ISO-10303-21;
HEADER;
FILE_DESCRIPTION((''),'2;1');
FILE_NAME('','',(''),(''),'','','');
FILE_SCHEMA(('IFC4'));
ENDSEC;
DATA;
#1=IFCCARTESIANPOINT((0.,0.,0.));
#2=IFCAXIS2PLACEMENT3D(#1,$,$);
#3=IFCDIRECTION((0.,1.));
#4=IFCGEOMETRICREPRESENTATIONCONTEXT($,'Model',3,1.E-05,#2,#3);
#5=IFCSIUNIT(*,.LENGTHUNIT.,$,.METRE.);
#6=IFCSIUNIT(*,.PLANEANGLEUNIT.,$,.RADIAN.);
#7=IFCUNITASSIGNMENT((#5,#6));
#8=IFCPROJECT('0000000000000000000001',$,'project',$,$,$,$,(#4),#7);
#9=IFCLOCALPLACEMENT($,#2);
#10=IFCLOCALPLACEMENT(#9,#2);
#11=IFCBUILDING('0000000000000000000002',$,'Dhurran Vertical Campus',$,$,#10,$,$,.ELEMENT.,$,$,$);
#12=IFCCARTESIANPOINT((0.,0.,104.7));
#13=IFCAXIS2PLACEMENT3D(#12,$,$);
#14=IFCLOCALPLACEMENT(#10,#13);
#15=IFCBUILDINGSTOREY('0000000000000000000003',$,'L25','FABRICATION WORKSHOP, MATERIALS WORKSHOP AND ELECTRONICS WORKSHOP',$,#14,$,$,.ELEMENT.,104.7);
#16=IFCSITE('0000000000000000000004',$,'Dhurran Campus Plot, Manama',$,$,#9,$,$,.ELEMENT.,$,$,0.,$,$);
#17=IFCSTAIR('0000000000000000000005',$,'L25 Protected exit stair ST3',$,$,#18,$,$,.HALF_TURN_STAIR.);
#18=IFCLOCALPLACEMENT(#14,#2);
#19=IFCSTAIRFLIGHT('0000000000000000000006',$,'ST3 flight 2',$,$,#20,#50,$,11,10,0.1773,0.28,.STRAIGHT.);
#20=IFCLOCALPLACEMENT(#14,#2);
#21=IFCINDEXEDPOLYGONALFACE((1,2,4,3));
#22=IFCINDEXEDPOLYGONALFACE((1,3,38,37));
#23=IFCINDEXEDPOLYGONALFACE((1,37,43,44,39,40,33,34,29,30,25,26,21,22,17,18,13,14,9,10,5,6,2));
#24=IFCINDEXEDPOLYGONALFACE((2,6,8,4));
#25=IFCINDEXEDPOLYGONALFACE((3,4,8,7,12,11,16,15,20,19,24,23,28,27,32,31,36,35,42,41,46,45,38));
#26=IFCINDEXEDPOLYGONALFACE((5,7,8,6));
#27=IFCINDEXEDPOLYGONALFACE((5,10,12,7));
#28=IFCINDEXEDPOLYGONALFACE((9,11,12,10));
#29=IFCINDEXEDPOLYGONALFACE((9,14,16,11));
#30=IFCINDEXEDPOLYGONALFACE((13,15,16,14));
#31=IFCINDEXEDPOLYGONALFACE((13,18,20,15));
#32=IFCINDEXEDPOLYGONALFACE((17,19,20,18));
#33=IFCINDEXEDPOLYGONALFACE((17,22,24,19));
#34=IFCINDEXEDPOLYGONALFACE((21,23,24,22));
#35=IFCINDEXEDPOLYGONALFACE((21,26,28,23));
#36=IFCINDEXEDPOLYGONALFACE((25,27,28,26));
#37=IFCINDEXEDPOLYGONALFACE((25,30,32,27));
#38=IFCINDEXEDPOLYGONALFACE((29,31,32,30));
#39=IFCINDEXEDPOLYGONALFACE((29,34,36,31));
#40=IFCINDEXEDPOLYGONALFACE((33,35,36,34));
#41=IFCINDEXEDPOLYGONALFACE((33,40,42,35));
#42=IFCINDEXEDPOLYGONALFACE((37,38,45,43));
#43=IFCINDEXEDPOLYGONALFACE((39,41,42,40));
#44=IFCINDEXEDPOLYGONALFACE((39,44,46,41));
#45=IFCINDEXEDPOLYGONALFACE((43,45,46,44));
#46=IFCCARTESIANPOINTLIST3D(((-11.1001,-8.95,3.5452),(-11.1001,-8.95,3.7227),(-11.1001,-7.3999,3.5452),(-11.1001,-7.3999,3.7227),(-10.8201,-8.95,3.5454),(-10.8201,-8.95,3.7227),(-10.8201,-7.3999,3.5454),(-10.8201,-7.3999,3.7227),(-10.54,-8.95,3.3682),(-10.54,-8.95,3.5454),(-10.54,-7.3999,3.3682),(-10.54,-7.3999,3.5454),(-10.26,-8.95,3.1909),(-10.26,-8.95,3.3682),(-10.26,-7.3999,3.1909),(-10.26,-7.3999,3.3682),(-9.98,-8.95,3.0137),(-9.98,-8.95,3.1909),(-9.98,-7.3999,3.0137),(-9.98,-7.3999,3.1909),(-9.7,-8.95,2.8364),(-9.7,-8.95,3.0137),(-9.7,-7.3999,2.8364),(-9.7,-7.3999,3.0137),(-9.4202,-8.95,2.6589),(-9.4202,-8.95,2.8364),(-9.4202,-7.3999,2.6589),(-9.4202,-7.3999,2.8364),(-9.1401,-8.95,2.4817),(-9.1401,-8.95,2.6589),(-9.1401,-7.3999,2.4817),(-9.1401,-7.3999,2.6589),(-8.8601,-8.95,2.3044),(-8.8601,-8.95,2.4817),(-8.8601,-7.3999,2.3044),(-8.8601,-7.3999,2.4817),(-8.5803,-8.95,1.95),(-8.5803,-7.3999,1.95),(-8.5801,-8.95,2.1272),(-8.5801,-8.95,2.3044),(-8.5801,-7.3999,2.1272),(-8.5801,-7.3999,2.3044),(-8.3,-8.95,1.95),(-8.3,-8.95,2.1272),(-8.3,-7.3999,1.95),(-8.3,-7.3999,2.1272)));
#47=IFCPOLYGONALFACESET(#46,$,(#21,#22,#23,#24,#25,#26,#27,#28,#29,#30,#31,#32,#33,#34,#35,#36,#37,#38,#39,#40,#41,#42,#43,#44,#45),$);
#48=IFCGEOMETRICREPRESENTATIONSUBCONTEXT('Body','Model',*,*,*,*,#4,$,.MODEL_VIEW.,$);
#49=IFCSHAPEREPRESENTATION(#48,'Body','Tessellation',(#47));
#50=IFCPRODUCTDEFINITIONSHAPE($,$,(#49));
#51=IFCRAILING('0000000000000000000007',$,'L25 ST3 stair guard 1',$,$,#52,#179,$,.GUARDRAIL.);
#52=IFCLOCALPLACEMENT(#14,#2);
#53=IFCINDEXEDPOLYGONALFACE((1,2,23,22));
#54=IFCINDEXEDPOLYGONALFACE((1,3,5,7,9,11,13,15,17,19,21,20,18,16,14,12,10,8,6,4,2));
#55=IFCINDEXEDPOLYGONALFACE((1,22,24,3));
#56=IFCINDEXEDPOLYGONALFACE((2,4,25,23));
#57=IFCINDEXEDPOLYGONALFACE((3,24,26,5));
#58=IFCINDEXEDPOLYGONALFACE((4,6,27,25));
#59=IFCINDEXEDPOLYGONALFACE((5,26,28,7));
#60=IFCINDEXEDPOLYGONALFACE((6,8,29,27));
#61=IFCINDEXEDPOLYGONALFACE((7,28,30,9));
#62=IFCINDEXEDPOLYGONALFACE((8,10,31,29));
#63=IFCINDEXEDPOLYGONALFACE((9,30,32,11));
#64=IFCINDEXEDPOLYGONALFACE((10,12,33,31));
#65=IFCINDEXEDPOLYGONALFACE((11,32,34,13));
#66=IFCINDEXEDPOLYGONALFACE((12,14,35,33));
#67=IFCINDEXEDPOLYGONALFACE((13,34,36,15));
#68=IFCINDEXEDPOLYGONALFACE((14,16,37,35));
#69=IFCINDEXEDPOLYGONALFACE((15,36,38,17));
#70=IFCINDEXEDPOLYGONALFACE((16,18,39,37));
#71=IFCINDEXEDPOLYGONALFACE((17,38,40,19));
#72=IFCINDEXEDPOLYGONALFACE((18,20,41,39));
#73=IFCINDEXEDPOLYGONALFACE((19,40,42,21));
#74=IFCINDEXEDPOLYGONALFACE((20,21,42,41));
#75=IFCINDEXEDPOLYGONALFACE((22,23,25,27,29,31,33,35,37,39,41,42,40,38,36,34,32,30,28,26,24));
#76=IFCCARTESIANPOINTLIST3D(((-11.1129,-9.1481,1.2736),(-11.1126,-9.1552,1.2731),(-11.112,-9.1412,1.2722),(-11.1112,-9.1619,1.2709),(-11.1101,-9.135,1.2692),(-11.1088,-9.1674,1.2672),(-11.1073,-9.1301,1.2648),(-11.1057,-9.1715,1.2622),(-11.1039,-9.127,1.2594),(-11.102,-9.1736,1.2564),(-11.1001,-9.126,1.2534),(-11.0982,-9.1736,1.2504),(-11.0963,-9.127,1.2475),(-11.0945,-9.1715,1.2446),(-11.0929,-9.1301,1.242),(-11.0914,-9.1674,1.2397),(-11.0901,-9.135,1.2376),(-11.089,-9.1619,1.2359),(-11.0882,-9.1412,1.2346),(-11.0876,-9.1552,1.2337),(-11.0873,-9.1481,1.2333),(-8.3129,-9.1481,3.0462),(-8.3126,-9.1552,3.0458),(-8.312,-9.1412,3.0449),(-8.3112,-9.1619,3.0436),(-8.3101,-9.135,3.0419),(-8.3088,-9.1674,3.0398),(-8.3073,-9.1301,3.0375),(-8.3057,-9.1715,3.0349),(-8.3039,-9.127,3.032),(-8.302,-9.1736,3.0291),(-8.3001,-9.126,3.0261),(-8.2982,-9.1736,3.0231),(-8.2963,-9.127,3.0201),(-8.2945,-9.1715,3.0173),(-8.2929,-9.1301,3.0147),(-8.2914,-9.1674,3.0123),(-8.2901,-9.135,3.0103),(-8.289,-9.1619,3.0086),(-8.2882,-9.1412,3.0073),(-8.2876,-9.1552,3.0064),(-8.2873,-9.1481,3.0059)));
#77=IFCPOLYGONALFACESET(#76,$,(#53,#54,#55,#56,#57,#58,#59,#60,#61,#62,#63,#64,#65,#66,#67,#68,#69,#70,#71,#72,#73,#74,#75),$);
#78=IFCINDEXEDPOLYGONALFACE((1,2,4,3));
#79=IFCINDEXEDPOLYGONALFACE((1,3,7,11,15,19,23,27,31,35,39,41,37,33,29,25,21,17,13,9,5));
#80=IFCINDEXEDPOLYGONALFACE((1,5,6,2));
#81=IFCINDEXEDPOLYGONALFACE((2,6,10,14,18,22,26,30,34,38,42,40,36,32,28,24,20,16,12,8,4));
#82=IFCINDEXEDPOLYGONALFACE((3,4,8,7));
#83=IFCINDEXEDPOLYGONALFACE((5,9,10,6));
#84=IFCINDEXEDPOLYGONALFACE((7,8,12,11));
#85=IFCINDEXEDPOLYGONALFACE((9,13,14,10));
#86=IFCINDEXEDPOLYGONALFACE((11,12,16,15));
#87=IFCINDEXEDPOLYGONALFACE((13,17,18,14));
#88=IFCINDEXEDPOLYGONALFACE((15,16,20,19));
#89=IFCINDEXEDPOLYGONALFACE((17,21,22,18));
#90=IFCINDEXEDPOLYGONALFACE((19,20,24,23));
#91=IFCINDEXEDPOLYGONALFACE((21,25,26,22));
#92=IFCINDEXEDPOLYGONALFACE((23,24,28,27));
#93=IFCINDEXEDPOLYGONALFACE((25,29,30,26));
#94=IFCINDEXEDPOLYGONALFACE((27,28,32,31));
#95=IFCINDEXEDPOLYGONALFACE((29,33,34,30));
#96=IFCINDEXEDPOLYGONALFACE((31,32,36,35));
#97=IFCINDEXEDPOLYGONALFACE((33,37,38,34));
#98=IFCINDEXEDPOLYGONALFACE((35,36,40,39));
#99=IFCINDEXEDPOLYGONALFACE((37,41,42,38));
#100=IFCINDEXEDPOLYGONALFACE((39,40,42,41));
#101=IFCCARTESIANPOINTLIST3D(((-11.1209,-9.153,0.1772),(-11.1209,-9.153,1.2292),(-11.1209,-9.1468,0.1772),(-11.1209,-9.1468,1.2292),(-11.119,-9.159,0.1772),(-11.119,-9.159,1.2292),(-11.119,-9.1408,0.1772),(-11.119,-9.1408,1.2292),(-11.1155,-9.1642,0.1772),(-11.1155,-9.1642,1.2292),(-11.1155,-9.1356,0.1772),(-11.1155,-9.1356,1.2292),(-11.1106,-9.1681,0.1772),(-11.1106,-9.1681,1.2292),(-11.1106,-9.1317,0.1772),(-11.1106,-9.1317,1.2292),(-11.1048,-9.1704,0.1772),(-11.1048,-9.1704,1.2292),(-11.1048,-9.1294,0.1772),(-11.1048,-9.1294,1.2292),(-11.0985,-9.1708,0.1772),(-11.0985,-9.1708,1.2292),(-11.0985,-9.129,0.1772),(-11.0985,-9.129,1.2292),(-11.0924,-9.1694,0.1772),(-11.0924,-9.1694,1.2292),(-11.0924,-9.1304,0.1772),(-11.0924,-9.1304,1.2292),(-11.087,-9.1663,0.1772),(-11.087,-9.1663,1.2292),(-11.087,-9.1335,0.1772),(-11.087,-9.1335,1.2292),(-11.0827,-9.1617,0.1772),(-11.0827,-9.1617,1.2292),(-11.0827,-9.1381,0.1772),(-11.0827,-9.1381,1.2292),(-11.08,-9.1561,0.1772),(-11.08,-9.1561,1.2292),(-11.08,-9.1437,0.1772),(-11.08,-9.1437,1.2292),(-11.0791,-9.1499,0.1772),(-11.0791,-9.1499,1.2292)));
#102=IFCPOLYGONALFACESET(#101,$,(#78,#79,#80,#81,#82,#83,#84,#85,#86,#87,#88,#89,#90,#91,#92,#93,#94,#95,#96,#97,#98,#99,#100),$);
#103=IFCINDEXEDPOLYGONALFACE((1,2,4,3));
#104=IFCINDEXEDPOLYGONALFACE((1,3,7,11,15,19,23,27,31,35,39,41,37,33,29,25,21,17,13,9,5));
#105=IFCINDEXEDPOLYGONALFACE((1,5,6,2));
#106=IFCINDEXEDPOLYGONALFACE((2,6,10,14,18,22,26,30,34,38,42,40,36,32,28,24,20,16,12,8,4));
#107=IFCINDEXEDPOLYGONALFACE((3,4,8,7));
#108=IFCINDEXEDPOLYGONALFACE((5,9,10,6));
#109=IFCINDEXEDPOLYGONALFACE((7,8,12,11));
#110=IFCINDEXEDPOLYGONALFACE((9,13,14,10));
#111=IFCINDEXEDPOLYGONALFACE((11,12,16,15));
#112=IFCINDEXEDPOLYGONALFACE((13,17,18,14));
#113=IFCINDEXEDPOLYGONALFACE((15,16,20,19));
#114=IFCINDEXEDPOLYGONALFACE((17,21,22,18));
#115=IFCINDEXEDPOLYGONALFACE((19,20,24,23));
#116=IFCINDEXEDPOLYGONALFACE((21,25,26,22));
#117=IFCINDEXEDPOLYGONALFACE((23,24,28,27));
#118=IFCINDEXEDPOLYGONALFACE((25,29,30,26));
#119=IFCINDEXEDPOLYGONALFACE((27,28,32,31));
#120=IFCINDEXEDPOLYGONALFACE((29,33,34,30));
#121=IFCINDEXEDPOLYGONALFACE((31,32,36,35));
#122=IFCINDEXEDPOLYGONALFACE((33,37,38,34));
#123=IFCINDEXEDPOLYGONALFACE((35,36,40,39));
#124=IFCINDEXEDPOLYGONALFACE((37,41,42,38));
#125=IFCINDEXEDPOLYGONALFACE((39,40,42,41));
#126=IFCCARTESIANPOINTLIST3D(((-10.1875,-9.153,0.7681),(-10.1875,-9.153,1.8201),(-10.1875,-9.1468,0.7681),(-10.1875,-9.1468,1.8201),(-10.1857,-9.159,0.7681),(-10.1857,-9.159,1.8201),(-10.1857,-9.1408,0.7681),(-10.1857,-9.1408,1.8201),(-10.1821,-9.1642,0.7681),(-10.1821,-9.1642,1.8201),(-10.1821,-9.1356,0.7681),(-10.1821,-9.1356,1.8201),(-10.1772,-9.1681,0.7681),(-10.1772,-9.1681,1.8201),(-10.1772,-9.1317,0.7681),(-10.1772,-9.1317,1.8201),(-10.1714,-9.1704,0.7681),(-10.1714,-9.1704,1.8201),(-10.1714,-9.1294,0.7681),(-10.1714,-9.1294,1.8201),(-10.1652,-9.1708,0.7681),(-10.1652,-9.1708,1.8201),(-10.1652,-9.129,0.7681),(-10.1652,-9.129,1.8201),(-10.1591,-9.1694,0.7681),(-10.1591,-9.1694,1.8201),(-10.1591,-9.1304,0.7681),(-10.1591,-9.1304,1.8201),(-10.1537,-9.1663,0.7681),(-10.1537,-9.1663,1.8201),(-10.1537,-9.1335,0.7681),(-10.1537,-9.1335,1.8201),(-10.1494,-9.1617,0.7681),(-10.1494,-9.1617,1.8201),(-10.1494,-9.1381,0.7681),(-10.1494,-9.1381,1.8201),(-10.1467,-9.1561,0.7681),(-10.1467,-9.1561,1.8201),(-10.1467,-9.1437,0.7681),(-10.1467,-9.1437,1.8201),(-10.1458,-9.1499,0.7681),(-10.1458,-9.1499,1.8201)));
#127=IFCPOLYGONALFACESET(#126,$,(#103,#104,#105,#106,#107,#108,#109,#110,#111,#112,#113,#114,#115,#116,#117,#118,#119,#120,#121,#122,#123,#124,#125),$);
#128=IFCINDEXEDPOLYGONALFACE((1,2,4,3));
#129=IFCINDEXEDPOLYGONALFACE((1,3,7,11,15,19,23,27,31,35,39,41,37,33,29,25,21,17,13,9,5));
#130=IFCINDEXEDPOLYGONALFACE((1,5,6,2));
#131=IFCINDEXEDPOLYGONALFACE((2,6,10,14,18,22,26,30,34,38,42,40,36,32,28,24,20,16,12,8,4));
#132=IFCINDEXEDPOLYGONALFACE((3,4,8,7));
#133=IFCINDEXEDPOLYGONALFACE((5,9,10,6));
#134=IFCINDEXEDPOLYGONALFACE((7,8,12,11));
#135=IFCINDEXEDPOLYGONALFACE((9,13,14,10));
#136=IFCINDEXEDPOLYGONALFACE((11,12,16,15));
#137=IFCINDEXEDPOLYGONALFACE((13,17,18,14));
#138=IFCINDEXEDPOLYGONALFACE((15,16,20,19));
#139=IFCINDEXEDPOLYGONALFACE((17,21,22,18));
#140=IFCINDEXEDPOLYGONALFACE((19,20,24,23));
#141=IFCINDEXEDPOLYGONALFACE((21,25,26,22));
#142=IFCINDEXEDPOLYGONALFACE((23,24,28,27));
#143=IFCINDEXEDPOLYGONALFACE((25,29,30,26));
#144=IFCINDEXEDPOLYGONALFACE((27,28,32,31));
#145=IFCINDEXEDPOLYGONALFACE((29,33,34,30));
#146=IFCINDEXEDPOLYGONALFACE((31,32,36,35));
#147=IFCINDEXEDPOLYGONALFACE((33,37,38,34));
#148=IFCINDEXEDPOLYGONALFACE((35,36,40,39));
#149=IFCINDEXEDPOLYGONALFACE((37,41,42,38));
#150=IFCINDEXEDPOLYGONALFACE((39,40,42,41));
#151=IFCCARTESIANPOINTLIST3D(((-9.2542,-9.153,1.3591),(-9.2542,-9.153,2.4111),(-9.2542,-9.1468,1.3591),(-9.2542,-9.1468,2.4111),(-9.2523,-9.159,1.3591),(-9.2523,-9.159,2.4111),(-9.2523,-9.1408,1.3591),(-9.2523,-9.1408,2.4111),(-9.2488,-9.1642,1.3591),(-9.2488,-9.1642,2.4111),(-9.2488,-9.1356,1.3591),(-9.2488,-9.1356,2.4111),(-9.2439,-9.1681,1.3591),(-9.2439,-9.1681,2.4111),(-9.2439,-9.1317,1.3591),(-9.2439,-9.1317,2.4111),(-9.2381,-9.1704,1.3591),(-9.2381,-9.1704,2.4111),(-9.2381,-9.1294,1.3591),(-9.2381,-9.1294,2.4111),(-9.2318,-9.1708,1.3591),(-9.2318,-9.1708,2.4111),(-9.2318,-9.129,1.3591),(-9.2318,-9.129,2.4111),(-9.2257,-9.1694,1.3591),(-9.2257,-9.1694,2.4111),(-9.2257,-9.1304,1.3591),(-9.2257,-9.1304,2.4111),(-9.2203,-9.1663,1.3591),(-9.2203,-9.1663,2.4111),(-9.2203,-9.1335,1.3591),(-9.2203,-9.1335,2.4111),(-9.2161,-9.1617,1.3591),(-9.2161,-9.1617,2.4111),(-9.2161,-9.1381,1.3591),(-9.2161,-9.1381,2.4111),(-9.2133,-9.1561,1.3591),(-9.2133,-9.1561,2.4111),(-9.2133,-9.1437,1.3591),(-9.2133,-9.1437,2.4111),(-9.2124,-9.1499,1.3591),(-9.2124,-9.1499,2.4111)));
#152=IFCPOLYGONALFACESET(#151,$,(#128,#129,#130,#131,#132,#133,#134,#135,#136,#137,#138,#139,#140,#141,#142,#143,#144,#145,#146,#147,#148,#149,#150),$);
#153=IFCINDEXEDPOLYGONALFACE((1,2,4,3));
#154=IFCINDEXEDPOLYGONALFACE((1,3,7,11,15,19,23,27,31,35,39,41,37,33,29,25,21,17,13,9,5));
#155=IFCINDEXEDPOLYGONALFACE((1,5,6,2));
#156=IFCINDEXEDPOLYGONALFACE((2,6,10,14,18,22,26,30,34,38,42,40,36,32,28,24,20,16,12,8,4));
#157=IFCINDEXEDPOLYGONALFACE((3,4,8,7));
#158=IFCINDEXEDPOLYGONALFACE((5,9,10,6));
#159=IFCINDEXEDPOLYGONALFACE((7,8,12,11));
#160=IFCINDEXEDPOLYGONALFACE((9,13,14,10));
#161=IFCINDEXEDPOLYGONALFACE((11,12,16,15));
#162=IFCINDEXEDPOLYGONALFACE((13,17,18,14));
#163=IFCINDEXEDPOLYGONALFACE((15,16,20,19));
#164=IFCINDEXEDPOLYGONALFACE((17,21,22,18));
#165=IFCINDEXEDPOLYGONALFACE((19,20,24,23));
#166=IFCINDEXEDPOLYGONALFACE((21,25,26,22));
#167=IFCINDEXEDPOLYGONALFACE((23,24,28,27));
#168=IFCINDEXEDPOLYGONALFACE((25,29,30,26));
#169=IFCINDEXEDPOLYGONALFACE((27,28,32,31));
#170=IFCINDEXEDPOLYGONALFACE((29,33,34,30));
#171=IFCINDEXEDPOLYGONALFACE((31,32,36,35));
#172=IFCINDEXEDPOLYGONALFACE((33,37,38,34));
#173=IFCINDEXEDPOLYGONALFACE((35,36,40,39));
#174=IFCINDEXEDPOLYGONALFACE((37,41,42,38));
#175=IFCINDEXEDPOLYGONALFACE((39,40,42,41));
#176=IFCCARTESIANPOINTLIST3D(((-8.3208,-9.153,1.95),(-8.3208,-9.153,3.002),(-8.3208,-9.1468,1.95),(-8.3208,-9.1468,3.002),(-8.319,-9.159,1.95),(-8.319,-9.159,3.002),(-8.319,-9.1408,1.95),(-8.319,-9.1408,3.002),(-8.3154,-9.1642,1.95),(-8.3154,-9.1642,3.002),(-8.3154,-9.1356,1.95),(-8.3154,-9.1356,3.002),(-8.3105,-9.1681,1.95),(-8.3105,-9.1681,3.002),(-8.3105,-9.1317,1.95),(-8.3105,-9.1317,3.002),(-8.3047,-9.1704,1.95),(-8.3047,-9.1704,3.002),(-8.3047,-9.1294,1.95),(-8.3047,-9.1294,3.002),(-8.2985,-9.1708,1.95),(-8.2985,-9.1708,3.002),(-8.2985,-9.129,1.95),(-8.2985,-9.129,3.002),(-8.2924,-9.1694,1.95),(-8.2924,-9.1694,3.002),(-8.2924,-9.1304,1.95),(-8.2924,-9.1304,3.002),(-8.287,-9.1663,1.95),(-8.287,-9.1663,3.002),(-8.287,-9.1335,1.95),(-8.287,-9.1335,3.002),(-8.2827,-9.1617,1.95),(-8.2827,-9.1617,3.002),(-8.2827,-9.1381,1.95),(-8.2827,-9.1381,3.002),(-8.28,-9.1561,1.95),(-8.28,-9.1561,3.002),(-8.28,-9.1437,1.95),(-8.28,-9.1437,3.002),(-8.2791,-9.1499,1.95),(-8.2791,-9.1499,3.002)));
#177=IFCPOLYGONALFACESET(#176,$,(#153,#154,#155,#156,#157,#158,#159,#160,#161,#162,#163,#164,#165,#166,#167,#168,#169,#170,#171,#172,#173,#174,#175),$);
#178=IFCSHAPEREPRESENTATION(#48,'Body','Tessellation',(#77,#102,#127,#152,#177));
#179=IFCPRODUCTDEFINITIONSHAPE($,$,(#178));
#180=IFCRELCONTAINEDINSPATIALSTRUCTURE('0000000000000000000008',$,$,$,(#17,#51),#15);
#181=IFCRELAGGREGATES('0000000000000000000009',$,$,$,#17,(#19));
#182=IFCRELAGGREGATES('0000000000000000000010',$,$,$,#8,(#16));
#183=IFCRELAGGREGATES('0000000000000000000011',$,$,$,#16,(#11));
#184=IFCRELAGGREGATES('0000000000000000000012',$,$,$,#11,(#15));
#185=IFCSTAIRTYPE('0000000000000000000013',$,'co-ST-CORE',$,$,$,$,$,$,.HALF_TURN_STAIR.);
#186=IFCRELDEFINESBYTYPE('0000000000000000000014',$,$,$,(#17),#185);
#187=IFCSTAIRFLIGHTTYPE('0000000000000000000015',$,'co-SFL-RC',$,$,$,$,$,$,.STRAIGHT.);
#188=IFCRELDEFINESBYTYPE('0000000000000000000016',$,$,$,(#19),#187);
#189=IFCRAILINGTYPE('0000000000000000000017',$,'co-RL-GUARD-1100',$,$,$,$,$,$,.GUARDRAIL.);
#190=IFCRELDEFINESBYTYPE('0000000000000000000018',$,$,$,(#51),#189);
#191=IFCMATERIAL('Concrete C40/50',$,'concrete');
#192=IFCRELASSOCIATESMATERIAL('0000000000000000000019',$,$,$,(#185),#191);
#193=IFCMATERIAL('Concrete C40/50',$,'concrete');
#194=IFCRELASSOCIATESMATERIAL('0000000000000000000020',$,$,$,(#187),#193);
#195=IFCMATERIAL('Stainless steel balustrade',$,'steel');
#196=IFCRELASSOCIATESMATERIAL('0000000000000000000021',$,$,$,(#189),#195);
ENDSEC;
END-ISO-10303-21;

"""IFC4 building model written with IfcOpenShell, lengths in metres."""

from ifc_helpers import new_model, si_unit, direction, frame, origin, origin_2d, place, context, subcontext, project, spatial, polyline, circle, outline, extrude, material, type_object, element, aggregate, save


model = new_model("IFC4")

# Units and contexts
model_context = context("Model", 3, precision=1e-05, world=origin(), true_north=direction((0.0, 1.0)))
body_context = subcontext(model_context, "Body", "Model", "MODEL_VIEW")
ifc_project = project(units=[si_unit("LENGTHUNIT", "METRE"), si_unit("PLANEANGLEUNIT", "RADIAN")], contexts=[model_context])

# Site, building, storey
site_placement = place(None, origin())
site = spatial("IfcSite", under=ifc_project, at=site_placement, Name="Dhurran Campus Plot, Manama", CompositionType="ELEMENT", RefElevation=0.0)
building_placement = place(site_placement, origin())
building = spatial("IfcBuilding", under=site, at=building_placement, Name="Dhurran Vertical Campus", CompositionType="ELEMENT")
storey_placement = place(building_placement, frame((0.0, 0.0, 104.7)))
storey = spatial("IfcBuildingStorey", under=building, at=storey_placement, Name="L25", Description="FABRICATION WORKSHOP, MATERIALS WORKSHOP AND ELECTRONICS WORKSHOP", CompositionType="ELEMENT", Elevation=104.7)

# Stair, stair flight
ifc_material_1 = material(Name="Concrete C40/50", Category="concrete")
stair_type = type_object("IfcStairType", Name="co-ST-CORE", PredefinedType="HALF_TURN_STAIR", material=ifc_material_1)
stair_placement = place(storey_placement, origin())
stair = element("IfcStair", 1, at=stair_placement, inside=storey, type_object=stair_type, Name="L25 Protected exit stair ST3", PredefinedType="HALF_TURN_STAIR")
ifc_material_2 = material(Name="Concrete C40/50", Category="concrete")
stair_flight_type = type_object("IfcStairFlightType", Name="co-SFL-RC", PredefinedType="STRAIGHT", material=ifc_material_2)
stair_flight_1_placement = place(storey_placement, frame((-8.3, -8.175, 1.95), z_axis=(0.0, 0.0, 1.0), x_axis=(-1.0, 0.0, 0.0)))
stair_flight_1 = element("IfcStairFlight", 2, at=stair_flight_1_placement, type_object=stair_flight_type, Name="ST3 flight 2", NumberOfRisers=11, NumberOfTreads=10, PredefinedType="STRAIGHT", RiserHeight=0.1773, TreadLength=0.28, context=body_context, shape_type="SweptSolid", body=[
    extrude(outline(polyline([(0.0, 0.0), (0.0, 0.1772), (0.28, 0.1772), (0.28, 0.3545), (0.5601, 0.3545), (0.5601, 0.5317), (0.8401, 0.5317), (0.8401, 0.709), (1.1201, 0.709), (1.1201, 0.8865), (1.3999, 0.8865), (1.3999, 1.0637), (1.6799, 1.0637), (1.6799, 1.241), (1.96, 1.241), (1.96, 1.4182), (2.24, 1.4182), (2.24, 1.5955), (2.52, 1.5955), (2.52, 1.7727), (2.8, 1.7727), (2.8, 1.95), (2.8, 1.5952), (0.2803, 0.0), (0.0, 0.0)])), frame((0.0, 0.7749, 0.0), z_axis=(0.0, -1.0, 0.0), x_axis=(1.0, 0.0, 0.0)), (0.0, 0.0, 1.0), 1.55),
])
aggregate(stair, [stair_flight_1])

# Railing
ifc_material_3 = material(Name="Stainless steel balustrade", Category="steel")
railing_type_1 = type_object("IfcRailingType", Name="co-RL-GUARD-1100", PredefinedType="GUARDRAIL", material=ifc_material_3)
railing_1_placement = place(storey_placement, frame((-11.1001, -9.1499, 0.1772)))
element("IfcRailing", 3, at=railing_1_placement, inside=storey, type_object=railing_type_1, Name="L25 ST3 stair guard 1", PredefinedType="GUARDRAIL", context=body_context, shape_type="SweptSolid", body=[
    extrude(circle(Radius=0.0239, at=origin_2d()), frame((0.0, 0.0, 1.0762), z_axis=(0.844909, 0.0, 0.53491), x_axis=(0.0, 1.0, 0.0)), (0.0, 0.0, 1.0), 3.314),
    extrude(circle(Radius=0.021, at=origin_2d()), origin(), (0.0, 0.0, 1.0), 1.052),
    extrude(circle(Radius=0.021, at=origin_2d()), frame((0.9333, 0.0, 0.5908)), (0.0, 0.0, 1.0), 1.052),
    extrude(circle(Radius=0.021, at=origin_2d()), frame((1.8667, 0.0, 1.1819)), (0.0, 0.0, 1.0), 1.052),
    extrude(circle(Radius=0.021, at=origin_2d()), frame((2.8, 0.0, 1.7727)), (0.0, 0.0, 1.0), 1.052),
])

save(model, "model.ifc")
